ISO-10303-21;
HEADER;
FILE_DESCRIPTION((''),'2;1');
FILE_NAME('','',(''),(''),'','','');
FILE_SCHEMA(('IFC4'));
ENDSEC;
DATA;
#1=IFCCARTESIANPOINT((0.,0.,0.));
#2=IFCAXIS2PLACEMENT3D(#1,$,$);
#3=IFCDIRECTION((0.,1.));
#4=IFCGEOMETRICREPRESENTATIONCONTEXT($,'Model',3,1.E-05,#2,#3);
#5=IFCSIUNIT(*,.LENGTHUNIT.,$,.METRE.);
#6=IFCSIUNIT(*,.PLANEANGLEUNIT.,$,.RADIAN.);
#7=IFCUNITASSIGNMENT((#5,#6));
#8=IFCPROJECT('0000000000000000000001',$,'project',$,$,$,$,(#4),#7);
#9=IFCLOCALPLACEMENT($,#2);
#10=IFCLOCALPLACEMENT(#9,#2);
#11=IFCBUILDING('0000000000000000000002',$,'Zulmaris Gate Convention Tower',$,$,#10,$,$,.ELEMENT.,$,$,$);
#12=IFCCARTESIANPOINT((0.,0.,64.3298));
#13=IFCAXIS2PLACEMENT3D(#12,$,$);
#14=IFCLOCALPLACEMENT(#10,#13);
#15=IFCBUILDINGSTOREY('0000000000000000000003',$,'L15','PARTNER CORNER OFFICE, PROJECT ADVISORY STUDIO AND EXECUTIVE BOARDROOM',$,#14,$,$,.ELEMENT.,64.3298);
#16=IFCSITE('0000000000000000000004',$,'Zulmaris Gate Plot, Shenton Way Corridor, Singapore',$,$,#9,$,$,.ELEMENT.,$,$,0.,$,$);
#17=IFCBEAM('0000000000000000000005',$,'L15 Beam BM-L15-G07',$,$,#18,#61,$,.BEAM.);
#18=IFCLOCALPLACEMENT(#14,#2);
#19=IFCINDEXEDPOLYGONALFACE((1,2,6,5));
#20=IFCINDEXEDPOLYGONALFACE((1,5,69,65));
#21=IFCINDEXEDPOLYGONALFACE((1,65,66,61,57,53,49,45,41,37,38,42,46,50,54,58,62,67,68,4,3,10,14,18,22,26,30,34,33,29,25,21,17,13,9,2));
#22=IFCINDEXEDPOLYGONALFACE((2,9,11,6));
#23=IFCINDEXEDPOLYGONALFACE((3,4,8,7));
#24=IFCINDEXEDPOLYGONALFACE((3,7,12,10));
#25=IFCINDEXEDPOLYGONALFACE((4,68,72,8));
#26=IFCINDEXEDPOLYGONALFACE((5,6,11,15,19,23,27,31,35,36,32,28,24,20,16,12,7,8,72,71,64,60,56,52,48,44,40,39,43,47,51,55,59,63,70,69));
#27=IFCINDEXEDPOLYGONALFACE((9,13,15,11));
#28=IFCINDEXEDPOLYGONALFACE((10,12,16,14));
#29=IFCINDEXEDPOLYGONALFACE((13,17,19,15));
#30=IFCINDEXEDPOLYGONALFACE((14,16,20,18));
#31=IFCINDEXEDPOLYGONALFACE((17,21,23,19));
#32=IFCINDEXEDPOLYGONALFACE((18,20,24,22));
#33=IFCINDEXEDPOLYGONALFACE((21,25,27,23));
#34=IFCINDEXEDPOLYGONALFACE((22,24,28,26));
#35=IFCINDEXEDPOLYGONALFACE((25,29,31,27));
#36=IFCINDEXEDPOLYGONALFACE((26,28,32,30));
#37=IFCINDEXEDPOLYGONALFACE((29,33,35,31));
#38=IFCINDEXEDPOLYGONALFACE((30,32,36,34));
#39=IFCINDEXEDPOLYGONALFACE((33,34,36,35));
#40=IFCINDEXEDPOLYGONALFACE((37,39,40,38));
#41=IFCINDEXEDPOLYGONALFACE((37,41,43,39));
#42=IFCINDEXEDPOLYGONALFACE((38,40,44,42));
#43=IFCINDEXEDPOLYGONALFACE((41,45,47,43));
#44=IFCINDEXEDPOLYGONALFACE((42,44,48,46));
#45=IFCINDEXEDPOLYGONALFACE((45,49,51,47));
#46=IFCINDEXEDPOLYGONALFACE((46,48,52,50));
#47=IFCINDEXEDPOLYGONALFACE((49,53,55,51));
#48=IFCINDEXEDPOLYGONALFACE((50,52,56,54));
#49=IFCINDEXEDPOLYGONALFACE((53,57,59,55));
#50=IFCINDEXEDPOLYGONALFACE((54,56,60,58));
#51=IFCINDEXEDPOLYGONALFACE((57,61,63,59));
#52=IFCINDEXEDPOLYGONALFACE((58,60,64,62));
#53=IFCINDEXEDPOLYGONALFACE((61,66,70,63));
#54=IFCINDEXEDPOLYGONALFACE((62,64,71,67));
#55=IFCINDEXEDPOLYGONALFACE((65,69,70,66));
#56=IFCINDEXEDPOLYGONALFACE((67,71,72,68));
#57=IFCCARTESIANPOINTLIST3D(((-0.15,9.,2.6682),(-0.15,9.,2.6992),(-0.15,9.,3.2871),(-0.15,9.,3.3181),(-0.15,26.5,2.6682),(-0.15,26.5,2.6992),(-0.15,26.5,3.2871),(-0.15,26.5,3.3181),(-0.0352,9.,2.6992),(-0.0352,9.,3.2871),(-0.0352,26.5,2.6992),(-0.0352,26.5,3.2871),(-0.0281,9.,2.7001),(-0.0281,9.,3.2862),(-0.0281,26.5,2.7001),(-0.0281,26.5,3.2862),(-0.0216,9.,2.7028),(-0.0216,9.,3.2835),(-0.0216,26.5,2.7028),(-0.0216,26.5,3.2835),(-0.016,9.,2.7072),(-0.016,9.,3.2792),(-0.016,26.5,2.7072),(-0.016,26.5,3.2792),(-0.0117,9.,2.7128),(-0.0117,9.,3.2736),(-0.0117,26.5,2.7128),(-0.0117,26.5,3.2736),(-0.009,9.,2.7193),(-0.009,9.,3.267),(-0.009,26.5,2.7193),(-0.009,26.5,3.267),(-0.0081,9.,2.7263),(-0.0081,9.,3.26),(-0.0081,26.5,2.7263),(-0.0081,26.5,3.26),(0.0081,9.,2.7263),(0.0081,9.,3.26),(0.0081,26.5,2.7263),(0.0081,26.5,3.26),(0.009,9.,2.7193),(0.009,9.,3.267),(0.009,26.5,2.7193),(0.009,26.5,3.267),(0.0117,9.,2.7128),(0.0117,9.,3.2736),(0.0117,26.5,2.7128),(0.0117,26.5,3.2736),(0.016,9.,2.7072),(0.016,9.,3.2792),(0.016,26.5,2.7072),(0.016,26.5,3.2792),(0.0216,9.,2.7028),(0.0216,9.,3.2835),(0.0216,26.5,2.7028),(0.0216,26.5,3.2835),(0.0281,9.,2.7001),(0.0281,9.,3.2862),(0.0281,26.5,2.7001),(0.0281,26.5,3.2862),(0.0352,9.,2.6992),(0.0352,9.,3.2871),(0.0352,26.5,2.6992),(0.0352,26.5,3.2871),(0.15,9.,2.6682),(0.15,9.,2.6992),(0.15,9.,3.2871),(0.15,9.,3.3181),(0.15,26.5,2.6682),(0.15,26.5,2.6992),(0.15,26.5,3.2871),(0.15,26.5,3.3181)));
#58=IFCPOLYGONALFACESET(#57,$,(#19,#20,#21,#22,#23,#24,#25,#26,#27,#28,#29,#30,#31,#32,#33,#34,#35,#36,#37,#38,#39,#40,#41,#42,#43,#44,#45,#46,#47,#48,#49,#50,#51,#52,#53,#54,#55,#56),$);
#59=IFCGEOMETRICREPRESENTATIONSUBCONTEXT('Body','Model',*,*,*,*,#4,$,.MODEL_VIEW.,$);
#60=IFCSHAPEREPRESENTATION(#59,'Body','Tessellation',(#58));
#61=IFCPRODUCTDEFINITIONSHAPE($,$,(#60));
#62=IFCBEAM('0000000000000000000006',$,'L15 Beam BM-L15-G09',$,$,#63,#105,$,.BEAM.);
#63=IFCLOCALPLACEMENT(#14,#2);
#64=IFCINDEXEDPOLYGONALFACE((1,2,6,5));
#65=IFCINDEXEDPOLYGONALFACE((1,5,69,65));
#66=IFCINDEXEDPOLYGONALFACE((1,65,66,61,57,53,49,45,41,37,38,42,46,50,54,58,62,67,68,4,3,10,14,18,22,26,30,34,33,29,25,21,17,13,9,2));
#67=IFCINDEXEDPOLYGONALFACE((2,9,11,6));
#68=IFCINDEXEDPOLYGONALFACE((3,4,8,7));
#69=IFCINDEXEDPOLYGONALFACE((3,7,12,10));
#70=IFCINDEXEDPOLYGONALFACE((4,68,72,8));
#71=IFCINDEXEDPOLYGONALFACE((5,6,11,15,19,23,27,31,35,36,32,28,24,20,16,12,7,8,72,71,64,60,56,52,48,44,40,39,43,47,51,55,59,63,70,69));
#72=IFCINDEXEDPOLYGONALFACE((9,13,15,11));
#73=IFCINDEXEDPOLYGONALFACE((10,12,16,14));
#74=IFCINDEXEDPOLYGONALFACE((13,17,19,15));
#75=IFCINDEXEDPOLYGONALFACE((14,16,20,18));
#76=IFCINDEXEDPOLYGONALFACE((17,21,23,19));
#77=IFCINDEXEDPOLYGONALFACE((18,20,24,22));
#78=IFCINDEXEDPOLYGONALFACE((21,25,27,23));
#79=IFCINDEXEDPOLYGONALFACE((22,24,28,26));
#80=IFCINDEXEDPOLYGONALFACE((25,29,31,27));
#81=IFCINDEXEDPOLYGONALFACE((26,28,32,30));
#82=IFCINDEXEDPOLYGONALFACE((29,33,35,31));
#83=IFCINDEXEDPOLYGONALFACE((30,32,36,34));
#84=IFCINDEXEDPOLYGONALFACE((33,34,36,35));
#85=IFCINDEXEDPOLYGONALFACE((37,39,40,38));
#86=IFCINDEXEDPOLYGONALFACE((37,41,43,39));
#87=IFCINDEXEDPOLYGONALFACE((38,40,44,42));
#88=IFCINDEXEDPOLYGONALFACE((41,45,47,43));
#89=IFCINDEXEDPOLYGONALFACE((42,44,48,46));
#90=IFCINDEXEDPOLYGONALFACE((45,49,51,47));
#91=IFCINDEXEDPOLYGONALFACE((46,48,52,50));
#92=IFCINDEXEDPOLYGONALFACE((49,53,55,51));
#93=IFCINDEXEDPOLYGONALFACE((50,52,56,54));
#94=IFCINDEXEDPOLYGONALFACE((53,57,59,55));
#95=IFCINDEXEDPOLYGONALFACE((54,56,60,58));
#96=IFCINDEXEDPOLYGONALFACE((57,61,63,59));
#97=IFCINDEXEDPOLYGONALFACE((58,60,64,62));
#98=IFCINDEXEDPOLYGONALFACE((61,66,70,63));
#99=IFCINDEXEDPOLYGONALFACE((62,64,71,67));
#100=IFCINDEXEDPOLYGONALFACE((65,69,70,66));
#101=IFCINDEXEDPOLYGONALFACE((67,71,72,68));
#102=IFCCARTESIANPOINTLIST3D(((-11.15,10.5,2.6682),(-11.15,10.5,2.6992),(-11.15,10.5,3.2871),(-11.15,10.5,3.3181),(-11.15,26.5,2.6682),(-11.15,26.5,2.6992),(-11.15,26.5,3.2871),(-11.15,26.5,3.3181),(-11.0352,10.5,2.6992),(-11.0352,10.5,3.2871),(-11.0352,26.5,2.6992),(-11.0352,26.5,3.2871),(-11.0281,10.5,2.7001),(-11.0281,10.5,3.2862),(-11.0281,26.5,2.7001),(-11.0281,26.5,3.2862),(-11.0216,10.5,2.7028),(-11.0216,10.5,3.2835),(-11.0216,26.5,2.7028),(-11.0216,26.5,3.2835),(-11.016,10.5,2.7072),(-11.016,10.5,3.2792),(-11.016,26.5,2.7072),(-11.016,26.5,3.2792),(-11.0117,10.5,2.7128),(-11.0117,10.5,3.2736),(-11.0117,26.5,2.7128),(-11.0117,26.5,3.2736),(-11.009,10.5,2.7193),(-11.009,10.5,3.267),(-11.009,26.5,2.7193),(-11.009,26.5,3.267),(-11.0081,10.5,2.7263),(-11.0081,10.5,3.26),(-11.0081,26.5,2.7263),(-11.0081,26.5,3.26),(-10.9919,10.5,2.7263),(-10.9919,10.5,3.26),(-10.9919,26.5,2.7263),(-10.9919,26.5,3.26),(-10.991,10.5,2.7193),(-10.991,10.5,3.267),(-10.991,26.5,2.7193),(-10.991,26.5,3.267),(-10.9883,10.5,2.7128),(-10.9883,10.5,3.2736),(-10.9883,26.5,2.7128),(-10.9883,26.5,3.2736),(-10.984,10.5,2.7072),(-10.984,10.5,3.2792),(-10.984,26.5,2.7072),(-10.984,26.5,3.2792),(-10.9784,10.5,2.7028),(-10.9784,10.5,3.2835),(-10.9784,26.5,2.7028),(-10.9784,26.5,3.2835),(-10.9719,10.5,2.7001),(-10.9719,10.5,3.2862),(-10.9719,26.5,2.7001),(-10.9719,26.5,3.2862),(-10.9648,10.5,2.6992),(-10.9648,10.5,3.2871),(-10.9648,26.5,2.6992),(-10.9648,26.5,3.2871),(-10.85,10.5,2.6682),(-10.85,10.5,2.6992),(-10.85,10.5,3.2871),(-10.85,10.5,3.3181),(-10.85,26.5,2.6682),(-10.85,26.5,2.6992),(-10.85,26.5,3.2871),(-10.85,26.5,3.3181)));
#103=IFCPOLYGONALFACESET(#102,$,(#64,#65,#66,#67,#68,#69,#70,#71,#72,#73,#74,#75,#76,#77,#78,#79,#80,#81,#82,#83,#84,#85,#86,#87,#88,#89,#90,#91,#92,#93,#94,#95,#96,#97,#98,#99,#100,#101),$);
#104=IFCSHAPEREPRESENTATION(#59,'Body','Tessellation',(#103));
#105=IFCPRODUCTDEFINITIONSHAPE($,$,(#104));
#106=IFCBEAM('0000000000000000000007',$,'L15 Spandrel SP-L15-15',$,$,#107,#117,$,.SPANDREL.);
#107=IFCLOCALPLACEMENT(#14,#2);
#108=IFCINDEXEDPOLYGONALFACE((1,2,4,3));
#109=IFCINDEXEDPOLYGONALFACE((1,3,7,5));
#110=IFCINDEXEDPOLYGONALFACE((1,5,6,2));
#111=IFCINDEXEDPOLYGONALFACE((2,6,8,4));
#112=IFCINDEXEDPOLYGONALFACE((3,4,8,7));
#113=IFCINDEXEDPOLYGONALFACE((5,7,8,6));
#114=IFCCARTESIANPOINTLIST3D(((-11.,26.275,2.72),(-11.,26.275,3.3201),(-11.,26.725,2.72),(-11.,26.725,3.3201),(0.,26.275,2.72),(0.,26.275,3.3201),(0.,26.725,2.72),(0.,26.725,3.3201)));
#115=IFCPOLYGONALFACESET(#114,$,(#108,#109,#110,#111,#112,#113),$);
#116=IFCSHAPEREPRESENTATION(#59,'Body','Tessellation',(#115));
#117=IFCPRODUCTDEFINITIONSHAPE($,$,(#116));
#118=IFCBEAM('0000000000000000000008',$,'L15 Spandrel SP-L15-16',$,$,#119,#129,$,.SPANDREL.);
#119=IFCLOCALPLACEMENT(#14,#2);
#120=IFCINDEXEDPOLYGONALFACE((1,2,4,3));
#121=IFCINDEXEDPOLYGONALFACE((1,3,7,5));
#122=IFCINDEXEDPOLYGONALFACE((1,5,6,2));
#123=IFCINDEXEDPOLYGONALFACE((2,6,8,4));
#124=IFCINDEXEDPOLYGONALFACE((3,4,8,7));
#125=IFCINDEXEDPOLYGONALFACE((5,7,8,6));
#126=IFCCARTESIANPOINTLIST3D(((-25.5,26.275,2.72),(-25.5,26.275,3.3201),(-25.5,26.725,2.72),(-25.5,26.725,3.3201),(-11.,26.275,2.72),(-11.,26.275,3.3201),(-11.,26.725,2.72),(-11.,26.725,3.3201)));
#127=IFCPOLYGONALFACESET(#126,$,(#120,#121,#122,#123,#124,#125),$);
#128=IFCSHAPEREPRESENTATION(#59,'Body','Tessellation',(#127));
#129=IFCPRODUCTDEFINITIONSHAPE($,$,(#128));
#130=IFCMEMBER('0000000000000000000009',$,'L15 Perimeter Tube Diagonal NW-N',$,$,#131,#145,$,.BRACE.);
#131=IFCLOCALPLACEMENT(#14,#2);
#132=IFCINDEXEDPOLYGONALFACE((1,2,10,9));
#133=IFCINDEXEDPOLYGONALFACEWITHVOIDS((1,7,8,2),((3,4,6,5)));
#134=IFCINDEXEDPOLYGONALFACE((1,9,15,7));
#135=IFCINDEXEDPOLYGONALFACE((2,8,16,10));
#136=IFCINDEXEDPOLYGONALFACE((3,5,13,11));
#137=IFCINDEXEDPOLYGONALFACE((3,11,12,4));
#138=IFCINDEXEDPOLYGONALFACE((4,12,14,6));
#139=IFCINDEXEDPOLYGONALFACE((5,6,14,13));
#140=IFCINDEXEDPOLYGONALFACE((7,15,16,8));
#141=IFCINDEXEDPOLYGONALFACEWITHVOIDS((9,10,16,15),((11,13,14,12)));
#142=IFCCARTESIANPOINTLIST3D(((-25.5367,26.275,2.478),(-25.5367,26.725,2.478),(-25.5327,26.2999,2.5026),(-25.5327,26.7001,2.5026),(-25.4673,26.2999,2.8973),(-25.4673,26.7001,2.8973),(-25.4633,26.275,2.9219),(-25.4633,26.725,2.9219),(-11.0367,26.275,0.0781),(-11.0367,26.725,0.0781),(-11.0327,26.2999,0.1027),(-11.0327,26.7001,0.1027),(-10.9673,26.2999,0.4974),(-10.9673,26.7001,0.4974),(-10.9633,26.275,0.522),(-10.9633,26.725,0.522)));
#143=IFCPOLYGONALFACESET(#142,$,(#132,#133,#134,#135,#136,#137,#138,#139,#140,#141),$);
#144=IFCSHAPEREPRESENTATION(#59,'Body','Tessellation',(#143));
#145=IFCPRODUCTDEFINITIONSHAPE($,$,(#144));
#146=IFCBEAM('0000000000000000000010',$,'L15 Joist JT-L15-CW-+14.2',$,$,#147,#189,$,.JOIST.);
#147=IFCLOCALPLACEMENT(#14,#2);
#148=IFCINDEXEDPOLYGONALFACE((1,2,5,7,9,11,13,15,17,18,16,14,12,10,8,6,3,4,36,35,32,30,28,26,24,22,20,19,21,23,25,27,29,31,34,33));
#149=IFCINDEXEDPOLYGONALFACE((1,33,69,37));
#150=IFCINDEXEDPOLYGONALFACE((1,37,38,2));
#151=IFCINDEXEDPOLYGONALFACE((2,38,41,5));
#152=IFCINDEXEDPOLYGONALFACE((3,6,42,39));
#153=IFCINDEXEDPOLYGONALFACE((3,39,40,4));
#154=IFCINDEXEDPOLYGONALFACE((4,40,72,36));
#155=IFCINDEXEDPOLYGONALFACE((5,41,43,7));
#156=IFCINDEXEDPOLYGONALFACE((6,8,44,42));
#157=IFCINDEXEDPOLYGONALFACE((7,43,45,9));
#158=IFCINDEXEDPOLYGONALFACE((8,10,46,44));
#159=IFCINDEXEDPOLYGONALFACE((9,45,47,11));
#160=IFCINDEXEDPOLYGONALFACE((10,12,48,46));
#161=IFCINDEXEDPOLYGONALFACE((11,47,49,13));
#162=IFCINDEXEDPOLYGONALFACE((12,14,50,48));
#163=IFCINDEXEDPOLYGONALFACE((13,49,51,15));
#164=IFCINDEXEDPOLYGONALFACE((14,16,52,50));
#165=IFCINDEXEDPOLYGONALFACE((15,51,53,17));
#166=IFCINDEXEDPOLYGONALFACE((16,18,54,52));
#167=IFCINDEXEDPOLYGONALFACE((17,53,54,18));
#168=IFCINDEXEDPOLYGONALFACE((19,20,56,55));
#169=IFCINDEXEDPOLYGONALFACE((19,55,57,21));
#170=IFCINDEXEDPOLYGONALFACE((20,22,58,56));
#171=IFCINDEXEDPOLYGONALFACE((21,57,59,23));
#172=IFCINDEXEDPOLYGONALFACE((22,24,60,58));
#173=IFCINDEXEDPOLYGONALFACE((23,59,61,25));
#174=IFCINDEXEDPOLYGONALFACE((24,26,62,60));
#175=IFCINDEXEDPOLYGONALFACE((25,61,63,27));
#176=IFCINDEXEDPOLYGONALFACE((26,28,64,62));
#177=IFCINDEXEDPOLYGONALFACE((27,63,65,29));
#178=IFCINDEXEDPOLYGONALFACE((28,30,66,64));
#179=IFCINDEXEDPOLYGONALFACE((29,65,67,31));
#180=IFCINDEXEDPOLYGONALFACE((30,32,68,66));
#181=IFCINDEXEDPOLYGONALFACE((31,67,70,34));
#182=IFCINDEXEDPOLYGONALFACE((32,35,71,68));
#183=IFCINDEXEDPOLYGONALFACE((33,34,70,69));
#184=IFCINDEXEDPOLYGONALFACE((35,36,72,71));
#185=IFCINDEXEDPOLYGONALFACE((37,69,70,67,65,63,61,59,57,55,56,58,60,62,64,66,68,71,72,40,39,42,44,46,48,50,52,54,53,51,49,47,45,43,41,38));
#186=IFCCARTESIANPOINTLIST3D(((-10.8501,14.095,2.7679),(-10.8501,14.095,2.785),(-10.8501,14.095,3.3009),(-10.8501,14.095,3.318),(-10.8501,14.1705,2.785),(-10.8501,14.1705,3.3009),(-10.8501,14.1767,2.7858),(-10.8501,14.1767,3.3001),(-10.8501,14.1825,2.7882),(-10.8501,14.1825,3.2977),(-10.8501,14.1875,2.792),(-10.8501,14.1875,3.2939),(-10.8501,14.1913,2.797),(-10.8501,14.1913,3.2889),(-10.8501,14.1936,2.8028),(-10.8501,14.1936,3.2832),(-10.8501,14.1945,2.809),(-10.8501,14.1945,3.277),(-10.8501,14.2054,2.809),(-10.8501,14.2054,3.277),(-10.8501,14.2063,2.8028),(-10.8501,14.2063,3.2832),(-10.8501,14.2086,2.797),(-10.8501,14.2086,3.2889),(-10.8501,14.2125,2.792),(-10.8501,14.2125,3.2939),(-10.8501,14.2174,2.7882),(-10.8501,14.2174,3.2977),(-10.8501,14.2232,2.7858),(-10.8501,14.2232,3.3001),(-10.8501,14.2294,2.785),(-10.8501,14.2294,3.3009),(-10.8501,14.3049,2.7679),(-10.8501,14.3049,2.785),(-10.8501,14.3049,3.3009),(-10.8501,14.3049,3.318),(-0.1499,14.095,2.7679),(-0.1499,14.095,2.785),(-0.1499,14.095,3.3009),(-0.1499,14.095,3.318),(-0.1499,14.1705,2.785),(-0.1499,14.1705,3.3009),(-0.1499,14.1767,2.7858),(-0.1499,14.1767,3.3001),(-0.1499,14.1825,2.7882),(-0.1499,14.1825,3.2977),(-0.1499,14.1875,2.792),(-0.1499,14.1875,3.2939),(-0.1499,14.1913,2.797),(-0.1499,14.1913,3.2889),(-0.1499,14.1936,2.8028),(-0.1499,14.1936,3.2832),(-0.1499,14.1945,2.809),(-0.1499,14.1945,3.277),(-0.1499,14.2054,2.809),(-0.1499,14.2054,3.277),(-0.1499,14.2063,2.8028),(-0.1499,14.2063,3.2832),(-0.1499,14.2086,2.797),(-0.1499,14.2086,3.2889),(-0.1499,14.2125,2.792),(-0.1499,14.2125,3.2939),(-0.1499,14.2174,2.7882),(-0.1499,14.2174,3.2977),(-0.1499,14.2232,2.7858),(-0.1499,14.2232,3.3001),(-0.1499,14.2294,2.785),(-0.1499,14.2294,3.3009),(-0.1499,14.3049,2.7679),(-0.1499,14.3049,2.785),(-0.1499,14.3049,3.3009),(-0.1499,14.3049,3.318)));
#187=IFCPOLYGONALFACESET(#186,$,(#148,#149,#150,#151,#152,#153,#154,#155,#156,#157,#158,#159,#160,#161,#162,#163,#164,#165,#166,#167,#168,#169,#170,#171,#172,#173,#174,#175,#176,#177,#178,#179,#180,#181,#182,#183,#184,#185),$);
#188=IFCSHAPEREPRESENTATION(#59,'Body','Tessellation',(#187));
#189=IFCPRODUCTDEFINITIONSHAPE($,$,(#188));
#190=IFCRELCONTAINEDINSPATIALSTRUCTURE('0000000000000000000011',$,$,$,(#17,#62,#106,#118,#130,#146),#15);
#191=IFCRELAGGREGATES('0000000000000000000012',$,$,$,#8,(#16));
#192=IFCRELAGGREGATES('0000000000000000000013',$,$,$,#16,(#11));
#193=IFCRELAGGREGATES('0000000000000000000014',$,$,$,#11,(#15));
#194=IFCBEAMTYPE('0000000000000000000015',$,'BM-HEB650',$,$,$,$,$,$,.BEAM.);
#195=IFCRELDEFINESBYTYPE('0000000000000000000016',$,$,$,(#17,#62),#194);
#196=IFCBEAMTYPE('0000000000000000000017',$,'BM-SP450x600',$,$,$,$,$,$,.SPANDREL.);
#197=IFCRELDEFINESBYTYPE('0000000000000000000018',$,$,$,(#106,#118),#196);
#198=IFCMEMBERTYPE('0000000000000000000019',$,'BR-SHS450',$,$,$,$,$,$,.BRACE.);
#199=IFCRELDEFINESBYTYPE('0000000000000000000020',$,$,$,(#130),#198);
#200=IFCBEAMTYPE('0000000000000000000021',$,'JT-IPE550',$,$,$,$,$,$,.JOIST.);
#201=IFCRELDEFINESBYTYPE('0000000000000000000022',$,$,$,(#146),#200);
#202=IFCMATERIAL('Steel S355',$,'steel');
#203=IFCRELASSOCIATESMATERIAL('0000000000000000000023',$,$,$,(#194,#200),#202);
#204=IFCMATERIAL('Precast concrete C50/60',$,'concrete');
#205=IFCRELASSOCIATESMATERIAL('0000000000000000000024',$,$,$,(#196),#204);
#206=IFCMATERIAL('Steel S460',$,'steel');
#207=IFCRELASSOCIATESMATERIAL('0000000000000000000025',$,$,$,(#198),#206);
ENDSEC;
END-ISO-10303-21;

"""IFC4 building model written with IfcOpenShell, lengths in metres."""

from ifc_helpers import new_model, si_unit, direction, frame, origin, origin_2d, place, context, subcontext, project, spatial, rectangle, hollow_rectangle, i_section, extrude, material, material_profile, profile_set, type_object, element, save


model = new_model("IFC4")

# Units and contexts
model_context = context("Model", 3, precision=1e-05, world=origin(), true_north=direction((0.0, 1.0)))
body_context = subcontext(model_context, "Body", "Model", "MODEL_VIEW")
ifc_project = project(units=[si_unit("LENGTHUNIT", "METRE"), si_unit("PLANEANGLEUNIT", "RADIAN")], contexts=[model_context])

# Site, building, storey
site_placement = place(None, origin())
site = spatial("IfcSite", under=ifc_project, at=site_placement, Name="Zulmaris Gate Plot, Shenton Way Corridor, Singapore", CompositionType="ELEMENT", RefElevation=0.0)
building_placement = place(site_placement, origin())
building = spatial("IfcBuilding", under=site, at=building_placement, Name="Zulmaris Gate Convention Tower", CompositionType="ELEMENT")
storey_placement = place(building_placement, frame((0.0, 0.0, 64.3298)))
storey = spatial("IfcBuildingStorey", under=building, at=storey_placement, Name="L15", Description="PARTNER CORNER OFFICE, PROJECT ADVISORY STUDIO AND EXECUTIVE BOARDROOM", CompositionType="ELEMENT", Elevation=64.3298)

# Beams
ifc_material_1 = material(Name="Steel S355", Category="steel")
ifc_material_profile_1 = material_profile(ifc_material_1, i_section(OverallWidth=0.3, OverallDepth=0.6499, WebThickness=0.0161, FlangeThickness=0.031, FilletRadius=0.0271, at=origin_2d()), Name="HEB 650")
ifc_profile_set_1 = profile_set([ifc_material_profile_1], Name="Steel S355")
beam_type_1 = type_object("IfcBeamType", Name="BM-HEB650", PredefinedType="BEAM", material=ifc_profile_set_1)
beam_1_placement = place(storey_placement, frame((0.0, 9.0, 2.9932), z_axis=(0.0, 1.0, 0.0), x_axis=(-1.0, 0.0, 0.0)))
element("IfcBeam", 1, at=beam_1_placement, inside=storey, type_object=beam_type_1, Name="L15 Beam BM-L15-G07", PredefinedType="BEAM", context=body_context, shape_type="SweptSolid", body=[
    extrude(i_section(OverallWidth=0.3, OverallDepth=0.6499, WebThickness=0.0161, FlangeThickness=0.031, FilletRadius=0.0271, at=origin_2d()), origin(), (0.0, 0.0, 1.0), 17.5),
])
beam_2_placement = place(storey_placement, frame((-11.0, 10.5, 2.9932), z_axis=(0.0, 1.0, 0.0), x_axis=(-1.0, 0.0, 0.0)))
element("IfcBeam", 2, at=beam_2_placement, inside=storey, type_object=beam_type_1, Name="L15 Beam BM-L15-G09", PredefinedType="BEAM", context=body_context, shape_type="SweptSolid", body=[
    extrude(i_section(OverallWidth=0.3, OverallDepth=0.6499, WebThickness=0.0161, FlangeThickness=0.031, FilletRadius=0.0271, at=origin_2d()), origin(), (0.0, 0.0, 1.0), 16.0),
])
ifc_material_2 = material(Name="Precast concrete C50/60", Category="concrete")
ifc_material_profile_2 = material_profile(ifc_material_2, rectangle(XDim=0.45, YDim=0.6001, at=origin_2d()), Name="RC SPANDREL 450x600")
ifc_profile_set_2 = profile_set([ifc_material_profile_2], Name="Precast concrete C50/60")
beam_type_2 = type_object("IfcBeamType", Name="BM-SP450x600", PredefinedType="SPANDREL", material=ifc_profile_set_2)
beam_3_placement = place(storey_placement, frame((0.0, 26.5, 3.02), z_axis=(-1.0, 0.0, 0.0), x_axis=(0.0, -1.0, 0.0)))
element("IfcBeam", 3, at=beam_3_placement, inside=storey, type_object=beam_type_2, Name="L15 Spandrel SP-L15-15", PredefinedType="SPANDREL", context=body_context, shape_type="SweptSolid", body=[
    extrude(rectangle(XDim=0.45, YDim=0.6001, at=origin_2d()), origin(), (0.0, 0.0, 1.0), 11.0),
])
beam_4_placement = place(storey_placement, frame((-11.0, 26.5, 3.02), z_axis=(-1.0, 0.0, 0.0), x_axis=(0.0, -1.0, 0.0)))
element("IfcBeam", 4, at=beam_4_placement, inside=storey, type_object=beam_type_2, Name="L15 Spandrel SP-L15-16", PredefinedType="SPANDREL", context=body_context, shape_type="SweptSolid", body=[
    extrude(rectangle(XDim=0.45, YDim=0.6001, at=origin_2d()), origin(), (0.0, 0.0, 1.0), 14.5),
])

# Member
ifc_material_3 = material(Name="Steel S460", Category="steel")
ifc_material_profile_3 = material_profile(ifc_material_3, hollow_rectangle(XDim=0.45, YDim=0.45, WallThickness=0.0249, at=origin_2d()), Name="SHS 450x450x25")
ifc_profile_set_3 = profile_set([ifc_material_profile_3], Name="Steel S460")
member_type = type_object("IfcMemberType", Name="BR-SHS450", PredefinedType="BRACE", material=ifc_profile_set_3)
member_placement = place(storey_placement, frame((-11.0, 26.5, 0.3), z_axis=(-0.986578, 0.0, 0.163289), x_axis=(0.0, -1.0, 0.0)))
element("IfcMember", 5, at=member_placement, inside=storey, type_object=member_type, Name="L15 Perimeter Tube Diagonal NW-N", PredefinedType="BRACE", context=body_context, shape_type="SweptSolid", body=[
    extrude(hollow_rectangle(XDim=0.45, YDim=0.45, WallThickness=0.0249, at=origin_2d()), origin(), (0.0, 0.0, 1.0), 14.6973),
])

# Beam
ifc_material_profile_4 = material_profile(ifc_material_1, i_section(OverallWidth=0.21, OverallDepth=0.55, WebThickness=0.011, FlangeThickness=0.0171, FilletRadius=0.0239, at=origin_2d()), Name="IPE 550")
ifc_profile_set_4 = profile_set([ifc_material_profile_4], Name="Steel S355")
beam_type_3 = type_object("IfcBeamType", Name="JT-IPE550", PredefinedType="JOIST", material=ifc_profile_set_4)
for number, where, z_axis, x_axis, name in (
    (6, (-10.8501, 14.2, 3.043), (1.0, 0.0, 0.0), (0.0, 1.0, 0.0), "L15 Joist JT-L15-CW-+14.2"),
):
    element("IfcBeam", number, at=place(storey_placement, frame(where, z_axis=z_axis, x_axis=x_axis)), inside=storey, type_object=beam_type_3, Name=name, PredefinedType="JOIST", context=body_context, shape_type="SweptSolid", body=[
        extrude(i_section(OverallWidth=0.21, OverallDepth=0.55, WebThickness=0.011, FlangeThickness=0.0171, FilletRadius=0.0239, at=origin_2d()), origin(), (0.0, 0.0, 1.0), 10.7002),
    ])

save(model, "model.ifc")
